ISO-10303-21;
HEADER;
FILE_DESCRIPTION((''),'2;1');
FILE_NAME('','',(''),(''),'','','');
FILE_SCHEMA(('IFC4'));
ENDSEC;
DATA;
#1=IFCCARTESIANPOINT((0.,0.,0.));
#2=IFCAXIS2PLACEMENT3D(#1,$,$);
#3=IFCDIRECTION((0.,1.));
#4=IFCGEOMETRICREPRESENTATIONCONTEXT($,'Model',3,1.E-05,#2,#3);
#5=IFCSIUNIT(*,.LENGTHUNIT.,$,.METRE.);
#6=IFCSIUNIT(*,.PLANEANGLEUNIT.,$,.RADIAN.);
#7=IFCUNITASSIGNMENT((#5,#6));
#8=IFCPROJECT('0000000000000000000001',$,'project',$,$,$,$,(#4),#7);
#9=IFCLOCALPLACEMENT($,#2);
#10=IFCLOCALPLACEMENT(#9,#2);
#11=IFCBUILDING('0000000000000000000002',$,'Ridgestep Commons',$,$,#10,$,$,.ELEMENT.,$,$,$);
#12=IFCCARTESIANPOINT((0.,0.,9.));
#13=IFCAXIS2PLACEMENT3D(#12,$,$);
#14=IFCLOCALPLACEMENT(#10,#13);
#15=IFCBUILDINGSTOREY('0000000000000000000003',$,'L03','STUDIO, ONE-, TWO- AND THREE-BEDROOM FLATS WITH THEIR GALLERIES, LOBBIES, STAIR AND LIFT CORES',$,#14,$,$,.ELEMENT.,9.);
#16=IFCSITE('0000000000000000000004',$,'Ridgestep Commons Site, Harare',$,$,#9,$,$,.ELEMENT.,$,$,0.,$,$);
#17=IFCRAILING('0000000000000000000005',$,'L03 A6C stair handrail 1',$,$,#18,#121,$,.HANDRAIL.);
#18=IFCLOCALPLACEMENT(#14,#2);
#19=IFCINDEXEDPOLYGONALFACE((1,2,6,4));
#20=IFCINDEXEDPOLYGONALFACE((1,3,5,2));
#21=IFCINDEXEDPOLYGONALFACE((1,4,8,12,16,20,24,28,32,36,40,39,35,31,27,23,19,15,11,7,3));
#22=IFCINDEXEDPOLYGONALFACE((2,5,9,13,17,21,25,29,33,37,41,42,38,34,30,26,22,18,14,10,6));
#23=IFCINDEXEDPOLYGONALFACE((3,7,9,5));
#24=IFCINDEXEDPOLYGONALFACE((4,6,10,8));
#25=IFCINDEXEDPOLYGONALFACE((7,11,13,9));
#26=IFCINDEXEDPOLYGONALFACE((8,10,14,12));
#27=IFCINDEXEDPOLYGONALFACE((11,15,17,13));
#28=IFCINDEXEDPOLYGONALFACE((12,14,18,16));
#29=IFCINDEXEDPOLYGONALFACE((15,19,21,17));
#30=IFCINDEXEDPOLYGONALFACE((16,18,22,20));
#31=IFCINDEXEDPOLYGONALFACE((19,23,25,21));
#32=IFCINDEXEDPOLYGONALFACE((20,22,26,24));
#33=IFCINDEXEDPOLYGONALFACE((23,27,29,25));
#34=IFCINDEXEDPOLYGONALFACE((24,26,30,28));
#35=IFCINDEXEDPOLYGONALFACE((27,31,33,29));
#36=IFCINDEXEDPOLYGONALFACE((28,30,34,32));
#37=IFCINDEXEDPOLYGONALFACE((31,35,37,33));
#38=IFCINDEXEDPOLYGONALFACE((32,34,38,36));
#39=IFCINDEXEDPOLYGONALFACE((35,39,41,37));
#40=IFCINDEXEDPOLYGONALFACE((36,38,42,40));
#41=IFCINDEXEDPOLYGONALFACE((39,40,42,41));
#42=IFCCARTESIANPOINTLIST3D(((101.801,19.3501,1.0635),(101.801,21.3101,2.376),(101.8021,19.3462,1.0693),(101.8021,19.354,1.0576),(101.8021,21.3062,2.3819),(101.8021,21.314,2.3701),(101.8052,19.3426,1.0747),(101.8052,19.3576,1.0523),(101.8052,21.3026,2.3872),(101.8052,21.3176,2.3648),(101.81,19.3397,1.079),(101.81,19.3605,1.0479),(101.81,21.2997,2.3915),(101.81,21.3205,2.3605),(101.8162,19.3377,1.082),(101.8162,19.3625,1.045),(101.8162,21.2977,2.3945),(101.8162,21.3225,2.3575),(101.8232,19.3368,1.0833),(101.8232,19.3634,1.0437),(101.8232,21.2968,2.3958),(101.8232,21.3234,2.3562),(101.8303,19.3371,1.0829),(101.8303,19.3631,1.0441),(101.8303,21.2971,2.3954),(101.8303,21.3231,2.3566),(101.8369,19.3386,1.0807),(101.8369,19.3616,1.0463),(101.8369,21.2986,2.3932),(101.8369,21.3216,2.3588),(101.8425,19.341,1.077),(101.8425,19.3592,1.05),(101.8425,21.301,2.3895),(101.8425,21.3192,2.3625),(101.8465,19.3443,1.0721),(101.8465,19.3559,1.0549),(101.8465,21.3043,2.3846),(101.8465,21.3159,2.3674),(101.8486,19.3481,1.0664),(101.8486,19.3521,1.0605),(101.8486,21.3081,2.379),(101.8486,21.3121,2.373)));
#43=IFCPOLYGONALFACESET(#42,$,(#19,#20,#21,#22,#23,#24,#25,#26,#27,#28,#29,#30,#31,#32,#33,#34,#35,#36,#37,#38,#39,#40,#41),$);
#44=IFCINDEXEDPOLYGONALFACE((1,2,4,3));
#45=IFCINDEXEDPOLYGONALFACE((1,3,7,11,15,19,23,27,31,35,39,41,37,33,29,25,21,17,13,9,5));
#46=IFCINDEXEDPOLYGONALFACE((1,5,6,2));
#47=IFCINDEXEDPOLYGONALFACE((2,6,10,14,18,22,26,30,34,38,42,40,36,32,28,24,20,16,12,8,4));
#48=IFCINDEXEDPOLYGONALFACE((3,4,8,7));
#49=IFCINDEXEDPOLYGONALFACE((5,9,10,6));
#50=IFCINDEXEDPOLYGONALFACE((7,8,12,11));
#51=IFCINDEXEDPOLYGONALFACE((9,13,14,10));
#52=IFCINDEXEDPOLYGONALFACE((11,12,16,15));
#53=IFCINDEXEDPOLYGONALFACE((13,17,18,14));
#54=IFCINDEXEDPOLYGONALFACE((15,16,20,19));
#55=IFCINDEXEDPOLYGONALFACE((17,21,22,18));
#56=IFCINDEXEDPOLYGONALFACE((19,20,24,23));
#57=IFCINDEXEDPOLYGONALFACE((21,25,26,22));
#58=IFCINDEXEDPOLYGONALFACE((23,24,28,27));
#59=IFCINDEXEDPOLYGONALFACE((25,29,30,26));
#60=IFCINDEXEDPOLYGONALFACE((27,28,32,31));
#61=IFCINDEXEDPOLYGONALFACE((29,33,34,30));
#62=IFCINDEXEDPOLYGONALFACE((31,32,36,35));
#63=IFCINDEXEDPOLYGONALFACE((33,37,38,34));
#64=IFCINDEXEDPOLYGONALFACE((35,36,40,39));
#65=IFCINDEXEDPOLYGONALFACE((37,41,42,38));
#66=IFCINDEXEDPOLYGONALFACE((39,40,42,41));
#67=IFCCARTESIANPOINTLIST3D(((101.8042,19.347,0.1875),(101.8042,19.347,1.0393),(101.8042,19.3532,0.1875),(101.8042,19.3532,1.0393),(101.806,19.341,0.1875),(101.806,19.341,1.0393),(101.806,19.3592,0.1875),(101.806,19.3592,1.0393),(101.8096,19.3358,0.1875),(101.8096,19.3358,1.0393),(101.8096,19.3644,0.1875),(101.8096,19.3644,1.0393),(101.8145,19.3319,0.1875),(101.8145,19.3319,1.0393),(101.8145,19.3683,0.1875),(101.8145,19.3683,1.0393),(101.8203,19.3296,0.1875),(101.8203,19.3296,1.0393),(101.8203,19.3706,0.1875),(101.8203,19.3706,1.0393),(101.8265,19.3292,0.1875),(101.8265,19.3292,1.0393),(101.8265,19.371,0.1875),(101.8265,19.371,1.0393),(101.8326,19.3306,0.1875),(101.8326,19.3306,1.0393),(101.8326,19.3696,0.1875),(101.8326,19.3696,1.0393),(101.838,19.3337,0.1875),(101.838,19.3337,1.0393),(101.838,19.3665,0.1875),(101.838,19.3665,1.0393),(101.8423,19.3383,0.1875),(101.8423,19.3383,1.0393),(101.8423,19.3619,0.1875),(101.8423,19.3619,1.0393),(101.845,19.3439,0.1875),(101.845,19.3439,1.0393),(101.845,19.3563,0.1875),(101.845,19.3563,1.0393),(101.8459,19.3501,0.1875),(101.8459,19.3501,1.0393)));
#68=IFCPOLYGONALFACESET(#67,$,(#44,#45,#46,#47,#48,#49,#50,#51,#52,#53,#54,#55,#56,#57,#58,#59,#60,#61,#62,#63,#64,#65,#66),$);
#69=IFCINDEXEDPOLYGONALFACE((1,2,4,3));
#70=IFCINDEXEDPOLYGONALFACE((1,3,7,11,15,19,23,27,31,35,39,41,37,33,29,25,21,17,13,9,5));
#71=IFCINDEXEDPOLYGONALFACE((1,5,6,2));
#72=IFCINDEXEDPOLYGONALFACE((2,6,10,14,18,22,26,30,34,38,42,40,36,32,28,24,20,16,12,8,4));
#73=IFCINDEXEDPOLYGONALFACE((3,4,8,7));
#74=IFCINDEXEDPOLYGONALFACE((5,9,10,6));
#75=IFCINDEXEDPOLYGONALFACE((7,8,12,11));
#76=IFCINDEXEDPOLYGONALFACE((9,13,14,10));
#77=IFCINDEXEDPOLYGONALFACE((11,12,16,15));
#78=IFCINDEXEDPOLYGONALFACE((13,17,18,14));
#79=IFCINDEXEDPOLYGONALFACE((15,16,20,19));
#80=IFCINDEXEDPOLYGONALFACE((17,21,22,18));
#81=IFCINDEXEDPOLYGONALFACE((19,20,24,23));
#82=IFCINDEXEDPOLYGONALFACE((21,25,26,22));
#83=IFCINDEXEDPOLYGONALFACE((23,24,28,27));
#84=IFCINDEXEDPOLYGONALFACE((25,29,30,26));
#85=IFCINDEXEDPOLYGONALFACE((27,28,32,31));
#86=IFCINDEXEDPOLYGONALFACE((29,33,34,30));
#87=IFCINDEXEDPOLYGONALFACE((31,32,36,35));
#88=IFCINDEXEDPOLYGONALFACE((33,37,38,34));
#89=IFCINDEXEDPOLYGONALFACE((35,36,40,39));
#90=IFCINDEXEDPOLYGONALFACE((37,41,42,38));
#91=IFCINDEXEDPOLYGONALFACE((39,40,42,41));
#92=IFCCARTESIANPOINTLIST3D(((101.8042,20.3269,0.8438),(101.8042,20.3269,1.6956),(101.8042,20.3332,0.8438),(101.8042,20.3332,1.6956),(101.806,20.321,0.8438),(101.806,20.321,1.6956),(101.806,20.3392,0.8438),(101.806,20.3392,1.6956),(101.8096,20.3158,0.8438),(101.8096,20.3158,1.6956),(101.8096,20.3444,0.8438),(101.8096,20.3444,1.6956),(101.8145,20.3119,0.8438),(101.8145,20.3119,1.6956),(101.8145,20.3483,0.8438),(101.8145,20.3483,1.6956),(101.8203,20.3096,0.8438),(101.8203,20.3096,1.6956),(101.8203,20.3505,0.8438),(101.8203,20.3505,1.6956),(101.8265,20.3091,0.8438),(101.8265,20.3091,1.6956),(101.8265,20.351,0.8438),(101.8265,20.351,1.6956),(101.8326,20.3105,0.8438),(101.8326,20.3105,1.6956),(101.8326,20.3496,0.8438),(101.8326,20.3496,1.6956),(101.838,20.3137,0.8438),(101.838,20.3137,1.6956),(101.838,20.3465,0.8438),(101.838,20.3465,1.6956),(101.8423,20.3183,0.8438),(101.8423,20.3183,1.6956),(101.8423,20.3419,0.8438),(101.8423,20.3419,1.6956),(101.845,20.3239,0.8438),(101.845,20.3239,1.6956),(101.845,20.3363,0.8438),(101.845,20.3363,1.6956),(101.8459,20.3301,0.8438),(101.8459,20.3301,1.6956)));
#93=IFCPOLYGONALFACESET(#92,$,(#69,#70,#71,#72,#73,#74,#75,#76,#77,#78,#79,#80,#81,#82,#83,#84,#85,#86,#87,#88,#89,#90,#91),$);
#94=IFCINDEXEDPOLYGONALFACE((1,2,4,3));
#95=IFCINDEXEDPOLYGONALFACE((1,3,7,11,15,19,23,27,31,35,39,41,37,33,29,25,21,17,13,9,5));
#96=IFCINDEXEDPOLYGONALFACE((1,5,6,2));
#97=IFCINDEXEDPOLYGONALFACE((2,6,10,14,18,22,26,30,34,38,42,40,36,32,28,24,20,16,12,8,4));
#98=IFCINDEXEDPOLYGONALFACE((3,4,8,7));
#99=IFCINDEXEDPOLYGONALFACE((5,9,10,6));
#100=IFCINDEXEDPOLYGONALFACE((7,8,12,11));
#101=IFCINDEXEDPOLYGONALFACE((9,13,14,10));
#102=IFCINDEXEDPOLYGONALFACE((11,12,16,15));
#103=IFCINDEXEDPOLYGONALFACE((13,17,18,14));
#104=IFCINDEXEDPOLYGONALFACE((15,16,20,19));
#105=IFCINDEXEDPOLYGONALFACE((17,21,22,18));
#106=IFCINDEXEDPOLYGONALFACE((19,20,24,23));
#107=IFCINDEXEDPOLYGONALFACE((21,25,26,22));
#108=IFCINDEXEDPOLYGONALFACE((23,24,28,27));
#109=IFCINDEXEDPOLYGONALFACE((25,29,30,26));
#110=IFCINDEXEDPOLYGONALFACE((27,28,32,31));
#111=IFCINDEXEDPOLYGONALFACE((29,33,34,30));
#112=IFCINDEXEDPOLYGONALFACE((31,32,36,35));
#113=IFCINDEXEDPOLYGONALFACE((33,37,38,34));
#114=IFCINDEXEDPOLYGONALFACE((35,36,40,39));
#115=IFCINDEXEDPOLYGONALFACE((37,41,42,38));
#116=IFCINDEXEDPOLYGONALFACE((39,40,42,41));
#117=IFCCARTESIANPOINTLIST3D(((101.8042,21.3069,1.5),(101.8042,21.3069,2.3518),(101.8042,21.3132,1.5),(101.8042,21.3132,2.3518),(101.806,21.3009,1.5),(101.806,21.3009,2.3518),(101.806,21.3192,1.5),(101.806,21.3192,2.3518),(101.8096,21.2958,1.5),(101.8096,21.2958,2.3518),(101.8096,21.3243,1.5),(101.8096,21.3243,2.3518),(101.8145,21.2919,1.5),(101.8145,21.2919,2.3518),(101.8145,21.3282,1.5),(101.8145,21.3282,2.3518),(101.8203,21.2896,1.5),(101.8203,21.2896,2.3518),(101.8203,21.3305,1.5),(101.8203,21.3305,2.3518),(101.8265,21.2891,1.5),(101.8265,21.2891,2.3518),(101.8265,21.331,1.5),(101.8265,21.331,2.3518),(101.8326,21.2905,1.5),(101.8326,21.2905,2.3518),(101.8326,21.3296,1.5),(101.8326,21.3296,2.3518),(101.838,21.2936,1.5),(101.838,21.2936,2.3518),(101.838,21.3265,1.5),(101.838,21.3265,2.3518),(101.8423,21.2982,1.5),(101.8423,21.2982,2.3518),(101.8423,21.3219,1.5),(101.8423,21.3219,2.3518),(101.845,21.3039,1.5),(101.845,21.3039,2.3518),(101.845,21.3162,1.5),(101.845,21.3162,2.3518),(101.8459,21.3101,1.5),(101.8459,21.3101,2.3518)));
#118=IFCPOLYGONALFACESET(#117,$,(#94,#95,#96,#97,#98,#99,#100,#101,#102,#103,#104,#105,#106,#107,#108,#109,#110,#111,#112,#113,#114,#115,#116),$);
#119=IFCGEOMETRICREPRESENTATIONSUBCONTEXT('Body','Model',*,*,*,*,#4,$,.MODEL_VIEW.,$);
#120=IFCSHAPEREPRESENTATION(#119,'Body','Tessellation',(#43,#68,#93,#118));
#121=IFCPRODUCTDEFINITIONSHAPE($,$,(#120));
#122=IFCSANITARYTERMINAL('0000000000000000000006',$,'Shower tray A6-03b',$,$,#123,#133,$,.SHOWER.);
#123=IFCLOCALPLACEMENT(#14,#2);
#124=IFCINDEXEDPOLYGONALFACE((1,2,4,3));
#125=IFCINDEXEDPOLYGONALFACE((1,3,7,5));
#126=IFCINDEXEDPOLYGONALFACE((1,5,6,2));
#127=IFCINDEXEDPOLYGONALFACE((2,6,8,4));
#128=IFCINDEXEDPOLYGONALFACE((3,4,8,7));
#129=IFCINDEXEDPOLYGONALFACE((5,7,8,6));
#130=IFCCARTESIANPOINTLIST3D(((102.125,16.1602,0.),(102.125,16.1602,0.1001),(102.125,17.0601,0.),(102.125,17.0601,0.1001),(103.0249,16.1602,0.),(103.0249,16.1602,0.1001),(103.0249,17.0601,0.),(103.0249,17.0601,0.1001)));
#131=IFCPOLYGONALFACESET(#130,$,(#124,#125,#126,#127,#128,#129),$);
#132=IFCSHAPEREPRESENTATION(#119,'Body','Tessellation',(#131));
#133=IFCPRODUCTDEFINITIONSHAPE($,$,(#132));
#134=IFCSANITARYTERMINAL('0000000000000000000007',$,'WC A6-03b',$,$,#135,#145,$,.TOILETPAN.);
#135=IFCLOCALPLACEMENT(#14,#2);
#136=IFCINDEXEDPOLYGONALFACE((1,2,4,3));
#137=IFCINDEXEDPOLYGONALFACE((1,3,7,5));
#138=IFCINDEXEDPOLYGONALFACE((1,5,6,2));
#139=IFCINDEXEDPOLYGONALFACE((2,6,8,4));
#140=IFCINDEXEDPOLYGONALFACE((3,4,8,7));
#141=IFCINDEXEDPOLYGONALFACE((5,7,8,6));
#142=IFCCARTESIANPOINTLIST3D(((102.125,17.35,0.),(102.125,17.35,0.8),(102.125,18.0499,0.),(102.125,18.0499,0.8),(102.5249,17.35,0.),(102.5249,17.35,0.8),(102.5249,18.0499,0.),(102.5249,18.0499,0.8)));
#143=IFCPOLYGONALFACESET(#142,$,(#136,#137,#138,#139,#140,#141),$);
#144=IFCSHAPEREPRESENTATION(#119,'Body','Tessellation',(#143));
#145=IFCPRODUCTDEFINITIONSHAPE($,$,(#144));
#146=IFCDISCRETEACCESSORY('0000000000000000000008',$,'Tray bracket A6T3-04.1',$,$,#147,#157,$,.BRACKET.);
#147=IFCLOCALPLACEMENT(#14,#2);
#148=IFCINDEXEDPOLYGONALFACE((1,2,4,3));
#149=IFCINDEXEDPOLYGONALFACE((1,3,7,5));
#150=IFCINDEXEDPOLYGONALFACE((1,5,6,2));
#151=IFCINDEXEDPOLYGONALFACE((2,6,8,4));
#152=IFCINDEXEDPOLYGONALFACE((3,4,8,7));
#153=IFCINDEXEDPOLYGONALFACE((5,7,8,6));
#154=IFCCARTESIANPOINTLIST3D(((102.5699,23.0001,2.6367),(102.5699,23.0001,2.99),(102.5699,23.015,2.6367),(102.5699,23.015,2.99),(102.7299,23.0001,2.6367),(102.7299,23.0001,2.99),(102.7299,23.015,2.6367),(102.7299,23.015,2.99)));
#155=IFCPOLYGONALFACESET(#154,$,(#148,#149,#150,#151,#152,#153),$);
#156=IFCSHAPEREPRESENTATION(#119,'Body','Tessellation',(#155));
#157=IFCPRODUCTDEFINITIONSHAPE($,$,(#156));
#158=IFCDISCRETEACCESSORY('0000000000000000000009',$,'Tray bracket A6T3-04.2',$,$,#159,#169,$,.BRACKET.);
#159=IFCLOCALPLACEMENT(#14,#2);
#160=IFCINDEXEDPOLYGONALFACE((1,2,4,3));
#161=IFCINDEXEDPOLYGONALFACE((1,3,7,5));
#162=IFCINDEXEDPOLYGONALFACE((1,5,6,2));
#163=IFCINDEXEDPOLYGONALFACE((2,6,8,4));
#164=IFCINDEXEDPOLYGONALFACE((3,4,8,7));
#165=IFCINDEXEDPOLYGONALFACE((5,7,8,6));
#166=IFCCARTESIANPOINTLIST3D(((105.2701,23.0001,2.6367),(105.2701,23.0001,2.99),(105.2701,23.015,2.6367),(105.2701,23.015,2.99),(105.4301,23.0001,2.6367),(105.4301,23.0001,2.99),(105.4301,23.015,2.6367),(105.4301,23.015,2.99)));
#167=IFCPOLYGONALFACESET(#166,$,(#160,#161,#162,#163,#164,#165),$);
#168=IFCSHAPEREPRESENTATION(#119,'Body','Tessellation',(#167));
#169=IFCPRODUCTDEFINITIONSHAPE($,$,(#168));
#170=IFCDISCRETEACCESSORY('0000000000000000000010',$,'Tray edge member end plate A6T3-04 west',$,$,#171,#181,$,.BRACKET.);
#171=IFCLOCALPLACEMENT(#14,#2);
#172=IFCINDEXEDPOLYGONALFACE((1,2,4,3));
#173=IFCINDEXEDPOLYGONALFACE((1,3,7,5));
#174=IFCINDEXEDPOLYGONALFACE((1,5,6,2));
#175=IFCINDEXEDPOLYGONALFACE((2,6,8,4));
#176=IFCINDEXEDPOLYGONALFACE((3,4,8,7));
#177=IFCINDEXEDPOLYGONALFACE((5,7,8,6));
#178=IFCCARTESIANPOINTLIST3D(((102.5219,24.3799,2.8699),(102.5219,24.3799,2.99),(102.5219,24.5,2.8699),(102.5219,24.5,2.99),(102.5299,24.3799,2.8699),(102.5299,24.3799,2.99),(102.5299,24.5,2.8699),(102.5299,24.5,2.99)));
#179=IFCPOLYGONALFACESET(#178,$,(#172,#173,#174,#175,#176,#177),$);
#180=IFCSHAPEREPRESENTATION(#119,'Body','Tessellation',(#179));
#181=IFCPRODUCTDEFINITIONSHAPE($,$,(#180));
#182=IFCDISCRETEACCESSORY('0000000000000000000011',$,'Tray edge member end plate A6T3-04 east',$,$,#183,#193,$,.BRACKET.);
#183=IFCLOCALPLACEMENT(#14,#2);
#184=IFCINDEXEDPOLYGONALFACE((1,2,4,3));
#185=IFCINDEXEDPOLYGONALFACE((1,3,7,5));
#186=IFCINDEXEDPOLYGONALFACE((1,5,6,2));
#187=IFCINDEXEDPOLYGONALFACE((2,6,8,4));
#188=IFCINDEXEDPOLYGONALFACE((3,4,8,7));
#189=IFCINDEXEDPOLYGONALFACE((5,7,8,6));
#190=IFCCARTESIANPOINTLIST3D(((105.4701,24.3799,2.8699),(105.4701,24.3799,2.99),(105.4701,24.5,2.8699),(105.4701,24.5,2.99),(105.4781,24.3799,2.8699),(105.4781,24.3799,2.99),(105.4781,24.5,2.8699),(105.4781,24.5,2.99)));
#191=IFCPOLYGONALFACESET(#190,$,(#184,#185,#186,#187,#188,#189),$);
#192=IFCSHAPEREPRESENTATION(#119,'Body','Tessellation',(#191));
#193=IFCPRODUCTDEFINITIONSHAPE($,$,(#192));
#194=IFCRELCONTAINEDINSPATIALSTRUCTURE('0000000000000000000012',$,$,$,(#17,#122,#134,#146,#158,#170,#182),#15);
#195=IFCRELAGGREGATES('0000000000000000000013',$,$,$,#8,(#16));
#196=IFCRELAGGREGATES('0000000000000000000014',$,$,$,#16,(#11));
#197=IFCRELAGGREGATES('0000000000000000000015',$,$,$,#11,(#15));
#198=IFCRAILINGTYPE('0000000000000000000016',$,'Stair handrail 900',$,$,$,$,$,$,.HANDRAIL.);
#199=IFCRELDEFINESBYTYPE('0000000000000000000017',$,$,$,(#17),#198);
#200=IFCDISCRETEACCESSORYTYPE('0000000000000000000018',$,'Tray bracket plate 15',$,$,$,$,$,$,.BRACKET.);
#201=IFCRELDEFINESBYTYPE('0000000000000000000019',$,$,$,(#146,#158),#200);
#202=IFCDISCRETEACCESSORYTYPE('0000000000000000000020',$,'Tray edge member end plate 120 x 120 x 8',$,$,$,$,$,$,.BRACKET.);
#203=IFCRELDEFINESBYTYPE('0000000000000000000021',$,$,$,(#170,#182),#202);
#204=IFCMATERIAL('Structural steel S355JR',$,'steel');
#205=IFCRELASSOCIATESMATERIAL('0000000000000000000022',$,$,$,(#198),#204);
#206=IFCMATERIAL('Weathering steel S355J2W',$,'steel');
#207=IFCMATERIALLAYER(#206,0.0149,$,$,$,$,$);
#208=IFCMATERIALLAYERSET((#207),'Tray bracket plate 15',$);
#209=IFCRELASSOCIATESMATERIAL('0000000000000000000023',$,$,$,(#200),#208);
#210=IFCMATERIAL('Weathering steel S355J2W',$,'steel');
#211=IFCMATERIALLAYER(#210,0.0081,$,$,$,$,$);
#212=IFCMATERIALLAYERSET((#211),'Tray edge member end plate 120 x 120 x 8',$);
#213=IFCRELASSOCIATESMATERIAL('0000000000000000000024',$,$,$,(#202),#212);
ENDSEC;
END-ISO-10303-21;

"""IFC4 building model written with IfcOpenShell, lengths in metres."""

from ifc_helpers import new_model, si_unit, direction, frame, origin, origin_2d, place, context, subcontext, project, spatial, rectangle, circle, extrude, material, layer, layer_set, type_object, element, save


model = new_model("IFC4")

# Units and contexts
model_context = context("Model", 3, precision=1e-05, world=origin(), true_north=direction((0.0, 1.0)))
body_context = subcontext(model_context, "Body", "Model", "MODEL_VIEW")
ifc_project = project(units=[si_unit("LENGTHUNIT", "METRE"), si_unit("PLANEANGLEUNIT", "RADIAN")], contexts=[model_context])

# Site, building, storey
site_placement = place(None, origin())
site = spatial("IfcSite", under=ifc_project, at=site_placement, Name="Ridgestep Commons Site, Harare", CompositionType="ELEMENT", RefElevation=0.0)
building_placement = place(site_placement, origin())
building = spatial("IfcBuilding", under=site, at=building_placement, Name="Ridgestep Commons", CompositionType="ELEMENT")
storey_placement = place(building_placement, frame((0.0, 0.0, 9.0)))
storey = spatial("IfcBuildingStorey", under=building, at=storey_placement, Name="L03", Description="STUDIO, ONE-, TWO- AND THREE-BEDROOM FLATS WITH THEIR GALLERIES, LOBBIES, STAIR AND LIFT CORES", CompositionType="ELEMENT", Elevation=9.0)

# Railing
ifc_material_1 = material(Name="Structural steel S355JR", Category="steel")
railing_type = type_object("IfcRailingType", Name="Stair handrail 900", PredefinedType="HANDRAIL", material=ifc_material_1)
railing_placement = place(storey_placement, frame((101.825, 19.3501, 0.1875)))
element("IfcRailing", 1, at=railing_placement, inside=storey, type_object=railing_type, Name="L03 A6C stair handrail 1", PredefinedType="HANDRAIL", context=body_context, shape_type="SweptSolid", body=[
    extrude(circle(Radius=0.0239, at=origin_2d()), frame((0.0, 0.0, 0.876), z_axis=(0.0, 0.830902, 0.556419), x_axis=(-1.0, 0.0, 0.0)), (0.0, 0.0, 1.0), 2.3589),
    extrude(circle(Radius=0.021, at=origin_2d()), origin(), (0.0, 0.0, 1.0), 0.8518),
    extrude(circle(Radius=0.021, at=origin_2d()), frame((0.0, 0.98, 0.6562)), (0.0, 0.0, 1.0), 0.8518),
    extrude(circle(Radius=0.021, at=origin_2d()), frame((0.0, 1.96, 1.3125)), (0.0, 0.0, 1.0), 0.8518),
])

# Sanitary terminals
sanitary_terminal_1_placement = place(storey_placement, frame((102.575, 16.6101, 0.0), z_axis=(0.0, 0.0, 1.0), x_axis=(1.0, 0.0, 0.0)))
element("IfcSanitaryTerminal", 2, at=sanitary_terminal_1_placement, inside=storey, Name="Shower tray A6-03b", PredefinedType="SHOWER", context=body_context, shape_type="SweptSolid", body=[
    extrude(rectangle(XDim=0.8999, YDim=0.8999, at=origin_2d()), origin(), (0.0, 0.0, 1.0), 0.1001),
])
sanitary_terminal_2_placement = place(storey_placement, frame((102.325, 17.7, 0.0), z_axis=(0.0, 0.0, 1.0), x_axis=(1.0, 0.0, 0.0)))
element("IfcSanitaryTerminal", 3, at=sanitary_terminal_2_placement, inside=storey, Name="WC A6-03b", PredefinedType="TOILETPAN", context=body_context, shape_type="SweptSolid", body=[
    extrude(rectangle(XDim=0.3999, YDim=0.7, at=origin_2d()), origin(), (0.0, 0.0, 1.0), 0.8),
])

# Discrete accessories
ifc_material_2 = material(Name="Weathering steel S355J2W", Category="steel")
ifc_layer_1 = layer(ifc_material_2, 0.0149)
ifc_layer_set_1 = layer_set([ifc_layer_1], Name="Tray bracket plate 15")
discrete_accessory_type_1 = type_object("IfcDiscreteAccessoryType", Name="Tray bracket plate 15", PredefinedType="BRACKET", material=ifc_layer_set_1)
for number, where, z_axis, x_axis, name in (
    (4, (102.6499, 23.0076, 2.6367), (0.0, 0.0, 1.0), (1.0, 0.0, 0.0), "Tray bracket A6T3-04.1"),
    (5, (105.3501, 23.0076, 2.6367), (0.0, 0.0, 1.0), (1.0, 0.0, 0.0), "Tray bracket A6T3-04.2"),
):
    element("IfcDiscreteAccessory", number, at=place(storey_placement, frame(where, z_axis=z_axis, x_axis=x_axis)), inside=storey, type_object=discrete_accessory_type_1, Name=name, PredefinedType="BRACKET", context=body_context, shape_type="SweptSolid", body=[
        extrude(rectangle(XDim=0.1599, YDim=0.0149, at=origin_2d()), origin(), (0.0, 0.0, 1.0), 0.3533),
    ])
ifc_material_3 = material(Name="Weathering steel S355J2W", Category="steel")
ifc_layer_2 = layer(ifc_material_3, 0.0081)
ifc_layer_set_2 = layer_set([ifc_layer_2], Name="Tray edge member end plate 120 x 120 x 8")
discrete_accessory_type_2 = type_object("IfcDiscreteAccessoryType", Name="Tray edge member end plate 120 x 120 x 8", PredefinedType="BRACKET", material=ifc_layer_set_2)
for number, where, z_axis, x_axis, name in (
    (6, (102.5259, 24.4399, 2.8699), (0.0, 0.0, 1.0), (1.0, 0.0, 0.0), "Tray edge member end plate A6T3-04 west"),
    (7, (105.4741, 24.4399, 2.8699), (0.0, 0.0, 1.0), (1.0, 0.0, 0.0), "Tray edge member end plate A6T3-04 east"),
):
    element("IfcDiscreteAccessory", number, at=place(storey_placement, frame(where, z_axis=z_axis, x_axis=x_axis)), inside=storey, type_object=discrete_accessory_type_2, Name=name, PredefinedType="BRACKET", context=body_context, shape_type="SweptSolid", body=[
        extrude(rectangle(XDim=0.0081, YDim=0.1201, at=origin_2d()), origin(), (0.0, 0.0, 1.0), 0.1201),
    ])

save(model, "model.ifc")
